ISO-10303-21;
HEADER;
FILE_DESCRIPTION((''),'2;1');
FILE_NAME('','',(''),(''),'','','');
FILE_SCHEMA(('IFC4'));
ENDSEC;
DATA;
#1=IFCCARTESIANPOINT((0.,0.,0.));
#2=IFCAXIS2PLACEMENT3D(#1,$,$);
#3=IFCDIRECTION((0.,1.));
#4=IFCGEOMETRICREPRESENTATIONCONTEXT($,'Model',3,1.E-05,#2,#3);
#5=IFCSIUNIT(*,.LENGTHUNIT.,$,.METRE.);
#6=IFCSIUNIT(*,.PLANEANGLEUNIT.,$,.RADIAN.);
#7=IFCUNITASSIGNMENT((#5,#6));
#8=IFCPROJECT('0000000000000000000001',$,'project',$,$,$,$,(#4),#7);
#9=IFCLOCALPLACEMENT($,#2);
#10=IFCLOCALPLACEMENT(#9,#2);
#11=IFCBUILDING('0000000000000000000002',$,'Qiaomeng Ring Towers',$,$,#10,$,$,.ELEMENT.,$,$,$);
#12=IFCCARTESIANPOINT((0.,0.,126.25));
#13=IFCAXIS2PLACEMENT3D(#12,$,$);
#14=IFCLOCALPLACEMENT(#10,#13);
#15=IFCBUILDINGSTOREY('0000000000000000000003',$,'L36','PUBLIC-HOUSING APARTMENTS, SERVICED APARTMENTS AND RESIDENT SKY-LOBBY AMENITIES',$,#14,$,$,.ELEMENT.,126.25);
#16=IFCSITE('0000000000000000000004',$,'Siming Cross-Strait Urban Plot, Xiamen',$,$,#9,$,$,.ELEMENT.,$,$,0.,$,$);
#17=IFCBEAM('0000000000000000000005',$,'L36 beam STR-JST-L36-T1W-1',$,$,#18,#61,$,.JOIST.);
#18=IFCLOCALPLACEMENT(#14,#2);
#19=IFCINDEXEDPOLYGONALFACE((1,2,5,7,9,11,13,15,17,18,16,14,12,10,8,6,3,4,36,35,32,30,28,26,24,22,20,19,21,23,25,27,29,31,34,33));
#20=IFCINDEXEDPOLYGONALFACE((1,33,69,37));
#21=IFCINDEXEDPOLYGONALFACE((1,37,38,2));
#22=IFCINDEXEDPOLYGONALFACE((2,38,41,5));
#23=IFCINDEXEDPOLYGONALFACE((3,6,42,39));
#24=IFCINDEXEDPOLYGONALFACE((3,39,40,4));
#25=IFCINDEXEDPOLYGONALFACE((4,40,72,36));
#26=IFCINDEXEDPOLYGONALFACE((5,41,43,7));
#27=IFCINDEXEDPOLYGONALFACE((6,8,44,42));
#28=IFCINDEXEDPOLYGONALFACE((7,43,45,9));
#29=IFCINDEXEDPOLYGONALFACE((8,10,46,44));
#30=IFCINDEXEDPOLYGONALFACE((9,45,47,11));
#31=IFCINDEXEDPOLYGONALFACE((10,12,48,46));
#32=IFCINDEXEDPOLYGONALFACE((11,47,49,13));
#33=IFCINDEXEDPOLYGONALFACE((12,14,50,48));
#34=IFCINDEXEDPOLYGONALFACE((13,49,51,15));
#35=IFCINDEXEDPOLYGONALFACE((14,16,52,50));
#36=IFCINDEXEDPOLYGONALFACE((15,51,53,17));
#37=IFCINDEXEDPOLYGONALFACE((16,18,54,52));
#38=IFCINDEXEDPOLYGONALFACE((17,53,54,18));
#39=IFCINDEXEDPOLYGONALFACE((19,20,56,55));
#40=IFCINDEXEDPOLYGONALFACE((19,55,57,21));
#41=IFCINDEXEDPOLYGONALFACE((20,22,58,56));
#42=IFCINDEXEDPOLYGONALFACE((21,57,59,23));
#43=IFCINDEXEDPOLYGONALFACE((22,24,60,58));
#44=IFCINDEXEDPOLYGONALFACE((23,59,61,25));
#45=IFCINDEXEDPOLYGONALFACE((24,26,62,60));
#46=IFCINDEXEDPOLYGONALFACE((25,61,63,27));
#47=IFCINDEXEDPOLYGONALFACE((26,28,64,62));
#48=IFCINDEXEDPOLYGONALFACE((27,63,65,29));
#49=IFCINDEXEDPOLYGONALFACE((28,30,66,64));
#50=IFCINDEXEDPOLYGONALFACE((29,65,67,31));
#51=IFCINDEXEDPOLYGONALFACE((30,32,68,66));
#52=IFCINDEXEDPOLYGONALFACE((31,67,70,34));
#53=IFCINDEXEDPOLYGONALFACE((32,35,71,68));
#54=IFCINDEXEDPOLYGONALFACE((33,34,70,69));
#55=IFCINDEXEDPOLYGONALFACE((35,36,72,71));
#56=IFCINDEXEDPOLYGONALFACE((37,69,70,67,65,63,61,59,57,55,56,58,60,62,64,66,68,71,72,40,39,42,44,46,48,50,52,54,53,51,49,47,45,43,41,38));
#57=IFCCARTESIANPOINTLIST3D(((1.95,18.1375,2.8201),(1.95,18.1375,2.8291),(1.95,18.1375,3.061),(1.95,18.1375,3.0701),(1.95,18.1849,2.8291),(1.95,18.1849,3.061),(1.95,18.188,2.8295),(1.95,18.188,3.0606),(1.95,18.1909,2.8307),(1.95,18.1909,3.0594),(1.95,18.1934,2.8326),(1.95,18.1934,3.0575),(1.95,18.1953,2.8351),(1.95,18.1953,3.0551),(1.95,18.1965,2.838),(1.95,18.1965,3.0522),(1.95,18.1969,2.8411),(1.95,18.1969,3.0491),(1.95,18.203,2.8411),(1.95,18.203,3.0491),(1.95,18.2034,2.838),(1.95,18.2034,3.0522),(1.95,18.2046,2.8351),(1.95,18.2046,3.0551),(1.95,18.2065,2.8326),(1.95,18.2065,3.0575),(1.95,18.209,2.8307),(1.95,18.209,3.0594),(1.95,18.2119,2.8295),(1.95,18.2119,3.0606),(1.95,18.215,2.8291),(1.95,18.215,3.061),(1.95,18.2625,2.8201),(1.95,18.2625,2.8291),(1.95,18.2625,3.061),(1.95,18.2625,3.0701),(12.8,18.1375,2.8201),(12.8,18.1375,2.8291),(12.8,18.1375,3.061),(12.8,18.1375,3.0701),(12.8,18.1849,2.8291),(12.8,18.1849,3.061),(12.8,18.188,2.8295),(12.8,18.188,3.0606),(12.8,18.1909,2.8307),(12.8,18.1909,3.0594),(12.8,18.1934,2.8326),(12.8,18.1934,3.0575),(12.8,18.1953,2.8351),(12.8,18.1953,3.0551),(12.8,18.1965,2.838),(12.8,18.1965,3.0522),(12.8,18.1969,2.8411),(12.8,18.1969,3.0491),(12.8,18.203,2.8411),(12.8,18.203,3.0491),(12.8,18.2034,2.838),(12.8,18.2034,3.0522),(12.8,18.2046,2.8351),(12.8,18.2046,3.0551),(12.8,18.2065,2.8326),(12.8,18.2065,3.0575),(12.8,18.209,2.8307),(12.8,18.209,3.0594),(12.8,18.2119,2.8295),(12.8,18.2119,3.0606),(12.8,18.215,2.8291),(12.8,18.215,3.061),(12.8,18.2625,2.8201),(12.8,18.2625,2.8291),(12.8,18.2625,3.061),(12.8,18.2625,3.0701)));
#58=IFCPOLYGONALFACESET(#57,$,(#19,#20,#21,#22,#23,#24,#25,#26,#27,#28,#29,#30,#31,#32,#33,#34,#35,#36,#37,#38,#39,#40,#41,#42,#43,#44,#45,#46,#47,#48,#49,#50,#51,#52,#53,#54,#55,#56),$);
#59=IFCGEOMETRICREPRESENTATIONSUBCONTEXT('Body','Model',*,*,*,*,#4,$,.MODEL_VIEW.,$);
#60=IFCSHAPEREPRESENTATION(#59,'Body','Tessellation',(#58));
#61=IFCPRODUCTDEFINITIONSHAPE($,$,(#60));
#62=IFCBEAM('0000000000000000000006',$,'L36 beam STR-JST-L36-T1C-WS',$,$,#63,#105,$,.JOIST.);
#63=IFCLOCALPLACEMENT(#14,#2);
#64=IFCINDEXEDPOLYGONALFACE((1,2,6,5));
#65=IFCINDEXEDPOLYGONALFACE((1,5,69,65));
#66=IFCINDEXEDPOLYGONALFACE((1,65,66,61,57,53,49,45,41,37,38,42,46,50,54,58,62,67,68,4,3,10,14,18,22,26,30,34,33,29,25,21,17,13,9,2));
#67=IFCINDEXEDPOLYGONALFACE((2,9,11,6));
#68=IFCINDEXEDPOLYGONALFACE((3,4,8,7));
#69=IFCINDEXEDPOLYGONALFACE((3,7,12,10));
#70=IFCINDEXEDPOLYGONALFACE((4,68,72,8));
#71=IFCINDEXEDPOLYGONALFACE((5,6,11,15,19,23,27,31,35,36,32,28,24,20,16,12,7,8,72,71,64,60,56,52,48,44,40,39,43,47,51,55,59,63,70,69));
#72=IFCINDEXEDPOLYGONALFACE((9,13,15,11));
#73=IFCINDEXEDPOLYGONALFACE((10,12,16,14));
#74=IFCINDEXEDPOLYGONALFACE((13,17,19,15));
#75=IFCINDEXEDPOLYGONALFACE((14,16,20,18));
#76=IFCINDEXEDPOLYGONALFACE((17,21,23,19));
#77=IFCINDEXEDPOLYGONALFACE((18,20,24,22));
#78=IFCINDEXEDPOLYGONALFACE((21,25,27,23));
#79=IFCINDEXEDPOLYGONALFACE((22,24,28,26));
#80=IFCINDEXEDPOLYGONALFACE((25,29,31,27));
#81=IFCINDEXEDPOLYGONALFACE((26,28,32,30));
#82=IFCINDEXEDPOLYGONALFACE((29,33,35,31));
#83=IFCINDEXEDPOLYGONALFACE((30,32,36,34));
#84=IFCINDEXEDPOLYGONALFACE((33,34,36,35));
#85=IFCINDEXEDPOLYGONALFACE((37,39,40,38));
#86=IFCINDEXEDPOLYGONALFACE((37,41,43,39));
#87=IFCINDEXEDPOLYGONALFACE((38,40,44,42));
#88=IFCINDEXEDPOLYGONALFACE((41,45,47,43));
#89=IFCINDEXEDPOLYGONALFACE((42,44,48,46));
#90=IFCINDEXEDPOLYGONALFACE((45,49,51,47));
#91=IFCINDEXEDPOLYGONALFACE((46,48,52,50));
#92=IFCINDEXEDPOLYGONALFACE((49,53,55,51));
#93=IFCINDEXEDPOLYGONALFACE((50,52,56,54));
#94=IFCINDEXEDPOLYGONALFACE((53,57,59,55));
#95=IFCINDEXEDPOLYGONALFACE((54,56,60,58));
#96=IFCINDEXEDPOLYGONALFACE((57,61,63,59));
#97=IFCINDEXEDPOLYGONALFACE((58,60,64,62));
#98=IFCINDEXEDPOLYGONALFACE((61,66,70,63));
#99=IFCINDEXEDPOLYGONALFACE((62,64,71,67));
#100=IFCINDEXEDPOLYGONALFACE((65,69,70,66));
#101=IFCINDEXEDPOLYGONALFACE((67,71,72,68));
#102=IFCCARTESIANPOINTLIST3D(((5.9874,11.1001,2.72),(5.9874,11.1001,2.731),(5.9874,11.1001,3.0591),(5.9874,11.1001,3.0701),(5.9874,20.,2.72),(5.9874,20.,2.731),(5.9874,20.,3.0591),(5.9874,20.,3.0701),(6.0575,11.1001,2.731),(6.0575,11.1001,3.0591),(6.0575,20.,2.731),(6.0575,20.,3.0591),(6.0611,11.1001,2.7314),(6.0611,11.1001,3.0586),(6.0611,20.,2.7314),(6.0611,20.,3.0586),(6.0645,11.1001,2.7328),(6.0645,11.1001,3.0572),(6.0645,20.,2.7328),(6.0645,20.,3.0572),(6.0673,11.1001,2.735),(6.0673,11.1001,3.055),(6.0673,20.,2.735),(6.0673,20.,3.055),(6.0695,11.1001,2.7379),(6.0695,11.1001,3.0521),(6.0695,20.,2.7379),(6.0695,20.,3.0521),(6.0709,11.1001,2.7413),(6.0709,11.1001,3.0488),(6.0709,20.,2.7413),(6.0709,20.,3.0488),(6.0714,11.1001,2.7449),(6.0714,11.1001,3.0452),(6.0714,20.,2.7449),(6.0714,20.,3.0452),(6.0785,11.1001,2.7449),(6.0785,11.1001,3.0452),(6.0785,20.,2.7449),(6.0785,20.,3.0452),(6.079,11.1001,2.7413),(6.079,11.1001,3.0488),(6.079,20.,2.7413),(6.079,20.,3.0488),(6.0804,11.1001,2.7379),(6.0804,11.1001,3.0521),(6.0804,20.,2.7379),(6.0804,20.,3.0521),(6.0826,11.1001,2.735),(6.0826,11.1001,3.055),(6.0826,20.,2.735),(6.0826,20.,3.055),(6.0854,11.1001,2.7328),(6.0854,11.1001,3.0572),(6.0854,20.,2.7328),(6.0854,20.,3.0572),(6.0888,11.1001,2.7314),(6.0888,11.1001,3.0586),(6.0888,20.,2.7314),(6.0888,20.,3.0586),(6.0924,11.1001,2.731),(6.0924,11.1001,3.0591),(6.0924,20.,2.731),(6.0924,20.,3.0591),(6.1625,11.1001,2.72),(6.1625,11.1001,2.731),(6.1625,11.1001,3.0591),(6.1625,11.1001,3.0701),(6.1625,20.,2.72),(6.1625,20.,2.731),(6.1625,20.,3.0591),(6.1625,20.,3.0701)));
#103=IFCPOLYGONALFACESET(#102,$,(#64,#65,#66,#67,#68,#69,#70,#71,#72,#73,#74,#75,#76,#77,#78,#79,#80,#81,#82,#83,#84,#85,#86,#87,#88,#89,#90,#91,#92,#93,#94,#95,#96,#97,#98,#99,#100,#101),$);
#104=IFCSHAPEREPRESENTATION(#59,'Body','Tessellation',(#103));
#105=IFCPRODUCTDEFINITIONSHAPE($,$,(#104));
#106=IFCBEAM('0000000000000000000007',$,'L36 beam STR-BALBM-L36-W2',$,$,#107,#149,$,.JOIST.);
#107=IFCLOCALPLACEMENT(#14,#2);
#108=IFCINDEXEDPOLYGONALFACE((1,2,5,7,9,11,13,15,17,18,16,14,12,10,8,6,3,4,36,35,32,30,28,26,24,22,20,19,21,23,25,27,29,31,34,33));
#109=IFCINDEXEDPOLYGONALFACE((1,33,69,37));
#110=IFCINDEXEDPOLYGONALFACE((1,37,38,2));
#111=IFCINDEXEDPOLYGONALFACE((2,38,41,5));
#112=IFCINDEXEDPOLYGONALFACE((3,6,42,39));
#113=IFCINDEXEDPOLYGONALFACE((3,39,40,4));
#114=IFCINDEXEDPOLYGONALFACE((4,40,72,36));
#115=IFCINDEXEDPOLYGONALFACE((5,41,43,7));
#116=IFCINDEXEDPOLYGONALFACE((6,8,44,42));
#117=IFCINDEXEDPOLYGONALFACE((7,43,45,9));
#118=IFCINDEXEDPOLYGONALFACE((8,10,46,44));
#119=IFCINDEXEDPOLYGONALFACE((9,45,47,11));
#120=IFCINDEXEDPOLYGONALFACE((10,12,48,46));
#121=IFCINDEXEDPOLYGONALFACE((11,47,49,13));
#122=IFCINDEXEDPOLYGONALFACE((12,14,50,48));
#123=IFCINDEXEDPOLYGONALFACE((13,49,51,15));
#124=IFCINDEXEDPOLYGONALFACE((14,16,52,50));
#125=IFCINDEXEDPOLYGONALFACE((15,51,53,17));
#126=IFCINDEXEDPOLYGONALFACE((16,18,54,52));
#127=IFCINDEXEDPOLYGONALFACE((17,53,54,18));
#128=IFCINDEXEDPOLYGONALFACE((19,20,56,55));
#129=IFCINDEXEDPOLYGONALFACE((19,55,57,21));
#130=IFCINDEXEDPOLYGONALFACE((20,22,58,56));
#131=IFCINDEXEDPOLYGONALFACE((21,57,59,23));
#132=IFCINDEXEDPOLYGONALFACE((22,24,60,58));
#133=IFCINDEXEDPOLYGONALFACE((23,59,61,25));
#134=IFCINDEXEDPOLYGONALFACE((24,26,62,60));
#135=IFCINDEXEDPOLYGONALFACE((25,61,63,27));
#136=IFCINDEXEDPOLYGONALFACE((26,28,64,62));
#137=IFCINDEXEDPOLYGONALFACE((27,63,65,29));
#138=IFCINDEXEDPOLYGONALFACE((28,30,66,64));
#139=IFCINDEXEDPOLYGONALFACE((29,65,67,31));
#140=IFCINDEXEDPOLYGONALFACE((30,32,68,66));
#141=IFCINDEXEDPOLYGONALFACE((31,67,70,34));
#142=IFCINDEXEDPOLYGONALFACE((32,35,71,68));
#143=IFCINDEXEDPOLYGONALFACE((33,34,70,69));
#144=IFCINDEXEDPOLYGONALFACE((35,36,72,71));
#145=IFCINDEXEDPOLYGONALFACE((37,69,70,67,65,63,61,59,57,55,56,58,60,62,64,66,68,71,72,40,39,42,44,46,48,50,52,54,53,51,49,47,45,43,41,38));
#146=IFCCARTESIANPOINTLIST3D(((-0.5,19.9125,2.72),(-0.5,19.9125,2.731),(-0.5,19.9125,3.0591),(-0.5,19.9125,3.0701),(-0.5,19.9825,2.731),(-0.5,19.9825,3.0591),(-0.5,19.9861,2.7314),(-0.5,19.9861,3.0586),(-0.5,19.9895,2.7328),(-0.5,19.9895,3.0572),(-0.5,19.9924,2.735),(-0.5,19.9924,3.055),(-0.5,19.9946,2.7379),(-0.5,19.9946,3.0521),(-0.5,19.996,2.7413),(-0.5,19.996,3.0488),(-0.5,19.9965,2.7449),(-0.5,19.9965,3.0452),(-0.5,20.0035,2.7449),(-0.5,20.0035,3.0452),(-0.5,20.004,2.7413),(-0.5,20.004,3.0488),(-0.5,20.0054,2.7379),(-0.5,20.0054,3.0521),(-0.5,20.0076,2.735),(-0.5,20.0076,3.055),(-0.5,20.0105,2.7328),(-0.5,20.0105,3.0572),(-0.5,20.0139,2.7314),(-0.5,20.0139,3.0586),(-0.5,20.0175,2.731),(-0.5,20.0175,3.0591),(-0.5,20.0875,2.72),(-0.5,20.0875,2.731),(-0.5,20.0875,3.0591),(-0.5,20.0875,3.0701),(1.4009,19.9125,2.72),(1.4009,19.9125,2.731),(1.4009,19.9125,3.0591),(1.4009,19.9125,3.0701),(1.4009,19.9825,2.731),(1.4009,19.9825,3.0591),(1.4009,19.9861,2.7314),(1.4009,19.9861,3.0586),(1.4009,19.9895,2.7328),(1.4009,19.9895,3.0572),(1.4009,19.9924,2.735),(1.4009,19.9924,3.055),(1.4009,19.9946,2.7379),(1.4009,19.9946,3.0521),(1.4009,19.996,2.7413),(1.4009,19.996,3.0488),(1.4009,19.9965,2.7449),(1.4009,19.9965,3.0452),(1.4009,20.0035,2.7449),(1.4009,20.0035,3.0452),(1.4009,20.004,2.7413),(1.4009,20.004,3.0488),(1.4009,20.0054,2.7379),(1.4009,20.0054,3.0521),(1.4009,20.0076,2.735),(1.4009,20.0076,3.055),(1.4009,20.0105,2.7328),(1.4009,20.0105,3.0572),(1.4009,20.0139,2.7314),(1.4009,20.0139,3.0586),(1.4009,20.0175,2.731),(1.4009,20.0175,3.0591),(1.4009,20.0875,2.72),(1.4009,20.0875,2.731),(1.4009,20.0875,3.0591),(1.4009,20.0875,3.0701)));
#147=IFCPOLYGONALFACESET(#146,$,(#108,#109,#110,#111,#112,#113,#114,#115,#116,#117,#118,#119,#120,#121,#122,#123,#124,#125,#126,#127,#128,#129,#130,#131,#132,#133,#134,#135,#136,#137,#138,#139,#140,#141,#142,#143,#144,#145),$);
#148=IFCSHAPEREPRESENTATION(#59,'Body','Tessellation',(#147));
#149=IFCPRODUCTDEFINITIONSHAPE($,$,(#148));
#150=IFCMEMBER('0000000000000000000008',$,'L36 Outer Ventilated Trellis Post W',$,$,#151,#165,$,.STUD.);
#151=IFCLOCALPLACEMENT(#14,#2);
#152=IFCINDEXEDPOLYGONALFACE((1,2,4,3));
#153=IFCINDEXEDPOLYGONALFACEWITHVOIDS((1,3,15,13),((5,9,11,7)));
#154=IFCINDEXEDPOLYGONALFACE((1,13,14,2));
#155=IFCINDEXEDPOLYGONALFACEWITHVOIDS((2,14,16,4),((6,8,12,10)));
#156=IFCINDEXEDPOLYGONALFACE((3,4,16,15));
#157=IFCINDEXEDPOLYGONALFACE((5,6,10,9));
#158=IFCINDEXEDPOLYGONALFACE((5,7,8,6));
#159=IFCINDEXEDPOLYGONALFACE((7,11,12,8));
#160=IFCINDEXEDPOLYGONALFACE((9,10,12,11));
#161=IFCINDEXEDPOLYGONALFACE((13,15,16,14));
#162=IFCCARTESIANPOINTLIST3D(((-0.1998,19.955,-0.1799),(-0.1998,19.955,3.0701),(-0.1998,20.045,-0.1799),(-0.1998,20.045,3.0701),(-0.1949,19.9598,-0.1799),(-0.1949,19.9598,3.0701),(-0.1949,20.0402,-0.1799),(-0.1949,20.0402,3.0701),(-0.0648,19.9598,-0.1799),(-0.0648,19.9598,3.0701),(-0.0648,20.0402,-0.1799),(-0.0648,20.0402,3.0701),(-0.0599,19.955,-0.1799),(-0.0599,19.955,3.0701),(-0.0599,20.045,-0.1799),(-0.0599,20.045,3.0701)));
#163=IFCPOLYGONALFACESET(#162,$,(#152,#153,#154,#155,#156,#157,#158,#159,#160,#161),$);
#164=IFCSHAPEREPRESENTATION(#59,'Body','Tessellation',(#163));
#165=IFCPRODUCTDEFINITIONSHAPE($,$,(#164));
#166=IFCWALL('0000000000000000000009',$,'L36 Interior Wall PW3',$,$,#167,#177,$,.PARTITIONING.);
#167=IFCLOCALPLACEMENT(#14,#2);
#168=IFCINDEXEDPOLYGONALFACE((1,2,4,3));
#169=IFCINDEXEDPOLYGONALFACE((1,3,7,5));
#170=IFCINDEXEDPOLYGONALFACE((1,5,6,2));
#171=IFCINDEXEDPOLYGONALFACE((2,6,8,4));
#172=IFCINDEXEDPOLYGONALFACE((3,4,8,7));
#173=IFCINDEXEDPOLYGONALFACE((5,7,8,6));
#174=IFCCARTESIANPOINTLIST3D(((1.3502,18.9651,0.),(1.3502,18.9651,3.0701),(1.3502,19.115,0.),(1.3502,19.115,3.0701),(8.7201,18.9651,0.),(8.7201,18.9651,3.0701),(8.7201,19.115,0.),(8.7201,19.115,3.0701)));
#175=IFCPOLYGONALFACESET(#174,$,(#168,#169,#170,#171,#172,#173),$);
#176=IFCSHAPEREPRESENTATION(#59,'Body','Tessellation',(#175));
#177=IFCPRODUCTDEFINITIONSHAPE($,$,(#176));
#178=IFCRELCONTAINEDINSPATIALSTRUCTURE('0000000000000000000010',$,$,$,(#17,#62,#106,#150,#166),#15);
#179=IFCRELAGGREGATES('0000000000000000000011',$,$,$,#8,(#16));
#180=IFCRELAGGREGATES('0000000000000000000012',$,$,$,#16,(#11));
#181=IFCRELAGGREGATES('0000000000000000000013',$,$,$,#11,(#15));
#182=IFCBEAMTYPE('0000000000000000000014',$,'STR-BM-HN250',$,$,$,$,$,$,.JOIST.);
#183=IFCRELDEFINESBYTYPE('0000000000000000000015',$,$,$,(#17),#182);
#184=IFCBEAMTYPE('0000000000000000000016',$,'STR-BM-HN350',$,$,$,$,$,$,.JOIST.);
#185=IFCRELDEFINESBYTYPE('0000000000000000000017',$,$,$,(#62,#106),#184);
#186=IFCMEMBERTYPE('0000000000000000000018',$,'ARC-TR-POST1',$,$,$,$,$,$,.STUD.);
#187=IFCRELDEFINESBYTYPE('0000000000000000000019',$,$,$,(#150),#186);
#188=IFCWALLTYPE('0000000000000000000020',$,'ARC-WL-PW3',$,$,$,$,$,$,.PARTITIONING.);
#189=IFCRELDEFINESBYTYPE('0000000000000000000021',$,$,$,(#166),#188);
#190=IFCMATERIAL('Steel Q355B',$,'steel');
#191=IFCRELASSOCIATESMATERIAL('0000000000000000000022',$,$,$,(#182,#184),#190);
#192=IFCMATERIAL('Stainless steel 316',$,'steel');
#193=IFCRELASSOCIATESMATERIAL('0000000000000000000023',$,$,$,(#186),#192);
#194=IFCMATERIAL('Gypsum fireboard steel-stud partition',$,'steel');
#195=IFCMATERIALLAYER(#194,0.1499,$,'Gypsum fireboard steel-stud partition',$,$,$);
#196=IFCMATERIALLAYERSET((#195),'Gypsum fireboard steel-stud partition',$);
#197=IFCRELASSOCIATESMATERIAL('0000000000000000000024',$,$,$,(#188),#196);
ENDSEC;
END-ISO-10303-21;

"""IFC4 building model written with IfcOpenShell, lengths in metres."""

from ifc_helpers import new_model, si_unit, direction, frame, frame_2d, origin, origin_2d, place, context, subcontext, project, spatial, rectangle, hollow_rectangle, i_section, extrude, source, transform, mapped, material, layer, layer_set, material_profile, profile_set, type_object, element, save


model = new_model("IFC4")

# Units and contexts
model_context = context("Model", 3, precision=1e-05, world=origin(), true_north=direction((0.0, 1.0)))
body_context = subcontext(model_context, "Body", "Model", "MODEL_VIEW")
ifc_project = project(units=[si_unit("LENGTHUNIT", "METRE"), si_unit("PLANEANGLEUNIT", "RADIAN")], contexts=[model_context])

# Site, building, storey
site_placement = place(None, origin())
site = spatial("IfcSite", under=ifc_project, at=site_placement, Name="Siming Cross-Strait Urban Plot, Xiamen", CompositionType="ELEMENT", RefElevation=0.0)
building_placement = place(site_placement, origin())
building = spatial("IfcBuilding", under=site, at=building_placement, Name="Qiaomeng Ring Towers", CompositionType="ELEMENT")
storey_placement = place(building_placement, frame((0.0, 0.0, 126.25)))
storey = spatial("IfcBuildingStorey", under=building, at=storey_placement, Name="L36", Description="PUBLIC-HOUSING APARTMENTS, SERVICED APARTMENTS AND RESIDENT SKY-LOBBY AMENITIES", CompositionType="ELEMENT", Elevation=126.25)

# Beams
ifc_material_1 = material(Name="Steel Q355B", Category="steel")
ifc_material_profile_1 = material_profile(ifc_material_1, i_section(OverallWidth=0.125, OverallDepth=0.25, WebThickness=0.0061, FlangeThickness=0.009, FilletRadius=0.012, at=origin_2d()), Name="HN 250x125x6x9")
ifc_profile_set_1 = profile_set([ifc_material_profile_1], Name="Steel Q355B")
beam_type_1 = type_object("IfcBeamType", Name="STR-BM-HN250", PredefinedType="JOIST", material=ifc_profile_set_1)
shared_shape_1 = source(origin(), body_context, "Body", "SweptSolid", [
    extrude(i_section(OverallWidth=0.125, OverallDepth=0.25, WebThickness=0.0061, FlangeThickness=0.009, FilletRadius=0.012, at=origin_2d()), origin(), (0.0, 0.0, 1.0), 10.8501),
])
beam_1_placement = place(storey_placement, frame((1.95, 18.2, 2.9451), z_axis=(1.0, 0.0, 0.0), x_axis=(0.0, 1.0, 0.0)))
element("IfcBeam", 1, at=beam_1_placement, inside=storey, type_object=beam_type_1, Name="L36 beam STR-JST-L36-T1W-1", PredefinedType="JOIST", context=body_context, shape_type="MappedRepresentation", body=[
    mapped(shared_shape_1, transform((0.0, 0.0, 0.0), x_axis=(1.0, 0.0, 0.0), y_axis=(0.0, 1.0, 0.0), z_axis=(0.0, 0.0, 1.0), scale=1.0)),
])
ifc_material_profile_2 = material_profile(ifc_material_1, i_section(OverallWidth=0.175, OverallDepth=0.3501, WebThickness=0.0071, FlangeThickness=0.011, FilletRadius=0.0139, at=origin_2d()), Name="HN 350x175x7x11")
ifc_profile_set_2 = profile_set([ifc_material_profile_2], Name="Steel Q355B")
beam_type_2 = type_object("IfcBeamType", Name="STR-BM-HN350", PredefinedType="JOIST", material=ifc_profile_set_2)
shared_shape_2 = source(origin(), body_context, "Body", "SweptSolid", [
    extrude(i_section(OverallWidth=0.175, OverallDepth=0.3501, WebThickness=0.0071, FlangeThickness=0.011, FilletRadius=0.0139, at=origin_2d()), origin(), (0.0, 0.0, 1.0), 8.8999),
])
beam_2_placement = place(storey_placement, frame((6.075, 11.1001, 2.895), z_axis=(0.0, 1.0, 0.0), x_axis=(-1.0, 0.0, 0.0)))
element("IfcBeam", 2, at=beam_2_placement, inside=storey, type_object=beam_type_2, Name="L36 beam STR-JST-L36-T1C-WS", PredefinedType="JOIST", context=body_context, shape_type="MappedRepresentation", body=[
    mapped(shared_shape_2, transform((0.0, 0.0, 0.0), x_axis=(1.0, 0.0, 0.0), y_axis=(0.0, 1.0, 0.0), z_axis=(0.0, 0.0, 1.0), scale=1.0)),
])
shared_shape_3 = source(origin(), body_context, "Body", "SweptSolid", [
    extrude(i_section(OverallWidth=0.175, OverallDepth=0.3501, WebThickness=0.0071, FlangeThickness=0.011, FilletRadius=0.0139, at=origin_2d()), origin(), (0.0, 0.0, 1.0), 1.9009),
])
beam_3_placement = place(storey_placement, frame((-0.5, 20.0, 2.895), z_axis=(1.0, 0.0, 0.0), x_axis=(0.0, 1.0, 0.0)))
element("IfcBeam", 3, at=beam_3_placement, inside=storey, type_object=beam_type_2, Name="L36 beam STR-BALBM-L36-W2", PredefinedType="JOIST", context=body_context, shape_type="MappedRepresentation", body=[
    mapped(shared_shape_3, transform((0.0, 0.0, 0.0), x_axis=(1.0, 0.0, 0.0), y_axis=(0.0, 1.0, 0.0), z_axis=(0.0, 0.0, 1.0), scale=1.0)),
])

# Member
ifc_material_2 = material(Name="Stainless steel 316", Category="steel")
ifc_material_profile_3 = material_profile(ifc_material_2, hollow_rectangle(XDim=0.0901, YDim=0.1399, WallThickness=0.0049, at=origin_2d()), Name="SS TRELLIS 90x140")
ifc_profile_set_3 = profile_set([ifc_material_profile_3], Name="Stainless steel 316")
member_type = type_object("IfcMemberType", Name="ARC-TR-POST1", PredefinedType="STUD", material=ifc_profile_set_3)
shared_shape_4 = source(origin(), body_context, "Body", "SweptSolid", [
    extrude(hollow_rectangle(XDim=0.0901, YDim=0.1399, WallThickness=0.0049, at=origin_2d()), origin(), (0.0, 0.0, 1.0), 3.25),
])
member_placement = place(storey_placement, frame((-0.1299, 20.0, -0.1799), z_axis=(0.0, 0.0, 1.0), x_axis=(0.0, 1.0, 0.0)))
element("IfcMember", 4, at=member_placement, inside=storey, type_object=member_type, Name="L36 Outer Ventilated Trellis Post W", PredefinedType="STUD", context=body_context, shape_type="MappedRepresentation", body=[
    mapped(shared_shape_4, transform((0.0, 0.0, 0.0), x_axis=(1.0, 0.0, 0.0), y_axis=(0.0, 1.0, 0.0), z_axis=(0.0, 0.0, 1.0), scale=1.0)),
])

# Wall
ifc_material_3 = material(Name="Gypsum fireboard steel-stud partition", Category="steel")
ifc_layer_1 = layer(ifc_material_3, 0.1499, Name="Gypsum fireboard steel-stud partition")
ifc_layer_set_1 = layer_set([ifc_layer_1], Name="Gypsum fireboard steel-stud partition")
wall_type_1 = type_object("IfcWallType", Name="ARC-WL-PW3", PredefinedType="PARTITIONING", material=ifc_layer_set_1)
wall_1_placement = place(storey_placement, frame((1.3501, 19.04, 0.0), z_axis=(0.0, 0.0, 1.0), x_axis=(1.0, 0.0, 0.0)))
element("IfcWall", 5, at=wall_1_placement, inside=storey, type_object=wall_type_1, Name="L36 Interior Wall PW3", PredefinedType="PARTITIONING", context=body_context, shape_type="SweptSolid", body=[
    extrude(rectangle(XDim=7.3699, YDim=0.1499, at=frame_2d((3.6851, 0.0))), origin(), (0.0, 0.0, 1.0), 3.0701),
])

save(model, "model.ifc")
